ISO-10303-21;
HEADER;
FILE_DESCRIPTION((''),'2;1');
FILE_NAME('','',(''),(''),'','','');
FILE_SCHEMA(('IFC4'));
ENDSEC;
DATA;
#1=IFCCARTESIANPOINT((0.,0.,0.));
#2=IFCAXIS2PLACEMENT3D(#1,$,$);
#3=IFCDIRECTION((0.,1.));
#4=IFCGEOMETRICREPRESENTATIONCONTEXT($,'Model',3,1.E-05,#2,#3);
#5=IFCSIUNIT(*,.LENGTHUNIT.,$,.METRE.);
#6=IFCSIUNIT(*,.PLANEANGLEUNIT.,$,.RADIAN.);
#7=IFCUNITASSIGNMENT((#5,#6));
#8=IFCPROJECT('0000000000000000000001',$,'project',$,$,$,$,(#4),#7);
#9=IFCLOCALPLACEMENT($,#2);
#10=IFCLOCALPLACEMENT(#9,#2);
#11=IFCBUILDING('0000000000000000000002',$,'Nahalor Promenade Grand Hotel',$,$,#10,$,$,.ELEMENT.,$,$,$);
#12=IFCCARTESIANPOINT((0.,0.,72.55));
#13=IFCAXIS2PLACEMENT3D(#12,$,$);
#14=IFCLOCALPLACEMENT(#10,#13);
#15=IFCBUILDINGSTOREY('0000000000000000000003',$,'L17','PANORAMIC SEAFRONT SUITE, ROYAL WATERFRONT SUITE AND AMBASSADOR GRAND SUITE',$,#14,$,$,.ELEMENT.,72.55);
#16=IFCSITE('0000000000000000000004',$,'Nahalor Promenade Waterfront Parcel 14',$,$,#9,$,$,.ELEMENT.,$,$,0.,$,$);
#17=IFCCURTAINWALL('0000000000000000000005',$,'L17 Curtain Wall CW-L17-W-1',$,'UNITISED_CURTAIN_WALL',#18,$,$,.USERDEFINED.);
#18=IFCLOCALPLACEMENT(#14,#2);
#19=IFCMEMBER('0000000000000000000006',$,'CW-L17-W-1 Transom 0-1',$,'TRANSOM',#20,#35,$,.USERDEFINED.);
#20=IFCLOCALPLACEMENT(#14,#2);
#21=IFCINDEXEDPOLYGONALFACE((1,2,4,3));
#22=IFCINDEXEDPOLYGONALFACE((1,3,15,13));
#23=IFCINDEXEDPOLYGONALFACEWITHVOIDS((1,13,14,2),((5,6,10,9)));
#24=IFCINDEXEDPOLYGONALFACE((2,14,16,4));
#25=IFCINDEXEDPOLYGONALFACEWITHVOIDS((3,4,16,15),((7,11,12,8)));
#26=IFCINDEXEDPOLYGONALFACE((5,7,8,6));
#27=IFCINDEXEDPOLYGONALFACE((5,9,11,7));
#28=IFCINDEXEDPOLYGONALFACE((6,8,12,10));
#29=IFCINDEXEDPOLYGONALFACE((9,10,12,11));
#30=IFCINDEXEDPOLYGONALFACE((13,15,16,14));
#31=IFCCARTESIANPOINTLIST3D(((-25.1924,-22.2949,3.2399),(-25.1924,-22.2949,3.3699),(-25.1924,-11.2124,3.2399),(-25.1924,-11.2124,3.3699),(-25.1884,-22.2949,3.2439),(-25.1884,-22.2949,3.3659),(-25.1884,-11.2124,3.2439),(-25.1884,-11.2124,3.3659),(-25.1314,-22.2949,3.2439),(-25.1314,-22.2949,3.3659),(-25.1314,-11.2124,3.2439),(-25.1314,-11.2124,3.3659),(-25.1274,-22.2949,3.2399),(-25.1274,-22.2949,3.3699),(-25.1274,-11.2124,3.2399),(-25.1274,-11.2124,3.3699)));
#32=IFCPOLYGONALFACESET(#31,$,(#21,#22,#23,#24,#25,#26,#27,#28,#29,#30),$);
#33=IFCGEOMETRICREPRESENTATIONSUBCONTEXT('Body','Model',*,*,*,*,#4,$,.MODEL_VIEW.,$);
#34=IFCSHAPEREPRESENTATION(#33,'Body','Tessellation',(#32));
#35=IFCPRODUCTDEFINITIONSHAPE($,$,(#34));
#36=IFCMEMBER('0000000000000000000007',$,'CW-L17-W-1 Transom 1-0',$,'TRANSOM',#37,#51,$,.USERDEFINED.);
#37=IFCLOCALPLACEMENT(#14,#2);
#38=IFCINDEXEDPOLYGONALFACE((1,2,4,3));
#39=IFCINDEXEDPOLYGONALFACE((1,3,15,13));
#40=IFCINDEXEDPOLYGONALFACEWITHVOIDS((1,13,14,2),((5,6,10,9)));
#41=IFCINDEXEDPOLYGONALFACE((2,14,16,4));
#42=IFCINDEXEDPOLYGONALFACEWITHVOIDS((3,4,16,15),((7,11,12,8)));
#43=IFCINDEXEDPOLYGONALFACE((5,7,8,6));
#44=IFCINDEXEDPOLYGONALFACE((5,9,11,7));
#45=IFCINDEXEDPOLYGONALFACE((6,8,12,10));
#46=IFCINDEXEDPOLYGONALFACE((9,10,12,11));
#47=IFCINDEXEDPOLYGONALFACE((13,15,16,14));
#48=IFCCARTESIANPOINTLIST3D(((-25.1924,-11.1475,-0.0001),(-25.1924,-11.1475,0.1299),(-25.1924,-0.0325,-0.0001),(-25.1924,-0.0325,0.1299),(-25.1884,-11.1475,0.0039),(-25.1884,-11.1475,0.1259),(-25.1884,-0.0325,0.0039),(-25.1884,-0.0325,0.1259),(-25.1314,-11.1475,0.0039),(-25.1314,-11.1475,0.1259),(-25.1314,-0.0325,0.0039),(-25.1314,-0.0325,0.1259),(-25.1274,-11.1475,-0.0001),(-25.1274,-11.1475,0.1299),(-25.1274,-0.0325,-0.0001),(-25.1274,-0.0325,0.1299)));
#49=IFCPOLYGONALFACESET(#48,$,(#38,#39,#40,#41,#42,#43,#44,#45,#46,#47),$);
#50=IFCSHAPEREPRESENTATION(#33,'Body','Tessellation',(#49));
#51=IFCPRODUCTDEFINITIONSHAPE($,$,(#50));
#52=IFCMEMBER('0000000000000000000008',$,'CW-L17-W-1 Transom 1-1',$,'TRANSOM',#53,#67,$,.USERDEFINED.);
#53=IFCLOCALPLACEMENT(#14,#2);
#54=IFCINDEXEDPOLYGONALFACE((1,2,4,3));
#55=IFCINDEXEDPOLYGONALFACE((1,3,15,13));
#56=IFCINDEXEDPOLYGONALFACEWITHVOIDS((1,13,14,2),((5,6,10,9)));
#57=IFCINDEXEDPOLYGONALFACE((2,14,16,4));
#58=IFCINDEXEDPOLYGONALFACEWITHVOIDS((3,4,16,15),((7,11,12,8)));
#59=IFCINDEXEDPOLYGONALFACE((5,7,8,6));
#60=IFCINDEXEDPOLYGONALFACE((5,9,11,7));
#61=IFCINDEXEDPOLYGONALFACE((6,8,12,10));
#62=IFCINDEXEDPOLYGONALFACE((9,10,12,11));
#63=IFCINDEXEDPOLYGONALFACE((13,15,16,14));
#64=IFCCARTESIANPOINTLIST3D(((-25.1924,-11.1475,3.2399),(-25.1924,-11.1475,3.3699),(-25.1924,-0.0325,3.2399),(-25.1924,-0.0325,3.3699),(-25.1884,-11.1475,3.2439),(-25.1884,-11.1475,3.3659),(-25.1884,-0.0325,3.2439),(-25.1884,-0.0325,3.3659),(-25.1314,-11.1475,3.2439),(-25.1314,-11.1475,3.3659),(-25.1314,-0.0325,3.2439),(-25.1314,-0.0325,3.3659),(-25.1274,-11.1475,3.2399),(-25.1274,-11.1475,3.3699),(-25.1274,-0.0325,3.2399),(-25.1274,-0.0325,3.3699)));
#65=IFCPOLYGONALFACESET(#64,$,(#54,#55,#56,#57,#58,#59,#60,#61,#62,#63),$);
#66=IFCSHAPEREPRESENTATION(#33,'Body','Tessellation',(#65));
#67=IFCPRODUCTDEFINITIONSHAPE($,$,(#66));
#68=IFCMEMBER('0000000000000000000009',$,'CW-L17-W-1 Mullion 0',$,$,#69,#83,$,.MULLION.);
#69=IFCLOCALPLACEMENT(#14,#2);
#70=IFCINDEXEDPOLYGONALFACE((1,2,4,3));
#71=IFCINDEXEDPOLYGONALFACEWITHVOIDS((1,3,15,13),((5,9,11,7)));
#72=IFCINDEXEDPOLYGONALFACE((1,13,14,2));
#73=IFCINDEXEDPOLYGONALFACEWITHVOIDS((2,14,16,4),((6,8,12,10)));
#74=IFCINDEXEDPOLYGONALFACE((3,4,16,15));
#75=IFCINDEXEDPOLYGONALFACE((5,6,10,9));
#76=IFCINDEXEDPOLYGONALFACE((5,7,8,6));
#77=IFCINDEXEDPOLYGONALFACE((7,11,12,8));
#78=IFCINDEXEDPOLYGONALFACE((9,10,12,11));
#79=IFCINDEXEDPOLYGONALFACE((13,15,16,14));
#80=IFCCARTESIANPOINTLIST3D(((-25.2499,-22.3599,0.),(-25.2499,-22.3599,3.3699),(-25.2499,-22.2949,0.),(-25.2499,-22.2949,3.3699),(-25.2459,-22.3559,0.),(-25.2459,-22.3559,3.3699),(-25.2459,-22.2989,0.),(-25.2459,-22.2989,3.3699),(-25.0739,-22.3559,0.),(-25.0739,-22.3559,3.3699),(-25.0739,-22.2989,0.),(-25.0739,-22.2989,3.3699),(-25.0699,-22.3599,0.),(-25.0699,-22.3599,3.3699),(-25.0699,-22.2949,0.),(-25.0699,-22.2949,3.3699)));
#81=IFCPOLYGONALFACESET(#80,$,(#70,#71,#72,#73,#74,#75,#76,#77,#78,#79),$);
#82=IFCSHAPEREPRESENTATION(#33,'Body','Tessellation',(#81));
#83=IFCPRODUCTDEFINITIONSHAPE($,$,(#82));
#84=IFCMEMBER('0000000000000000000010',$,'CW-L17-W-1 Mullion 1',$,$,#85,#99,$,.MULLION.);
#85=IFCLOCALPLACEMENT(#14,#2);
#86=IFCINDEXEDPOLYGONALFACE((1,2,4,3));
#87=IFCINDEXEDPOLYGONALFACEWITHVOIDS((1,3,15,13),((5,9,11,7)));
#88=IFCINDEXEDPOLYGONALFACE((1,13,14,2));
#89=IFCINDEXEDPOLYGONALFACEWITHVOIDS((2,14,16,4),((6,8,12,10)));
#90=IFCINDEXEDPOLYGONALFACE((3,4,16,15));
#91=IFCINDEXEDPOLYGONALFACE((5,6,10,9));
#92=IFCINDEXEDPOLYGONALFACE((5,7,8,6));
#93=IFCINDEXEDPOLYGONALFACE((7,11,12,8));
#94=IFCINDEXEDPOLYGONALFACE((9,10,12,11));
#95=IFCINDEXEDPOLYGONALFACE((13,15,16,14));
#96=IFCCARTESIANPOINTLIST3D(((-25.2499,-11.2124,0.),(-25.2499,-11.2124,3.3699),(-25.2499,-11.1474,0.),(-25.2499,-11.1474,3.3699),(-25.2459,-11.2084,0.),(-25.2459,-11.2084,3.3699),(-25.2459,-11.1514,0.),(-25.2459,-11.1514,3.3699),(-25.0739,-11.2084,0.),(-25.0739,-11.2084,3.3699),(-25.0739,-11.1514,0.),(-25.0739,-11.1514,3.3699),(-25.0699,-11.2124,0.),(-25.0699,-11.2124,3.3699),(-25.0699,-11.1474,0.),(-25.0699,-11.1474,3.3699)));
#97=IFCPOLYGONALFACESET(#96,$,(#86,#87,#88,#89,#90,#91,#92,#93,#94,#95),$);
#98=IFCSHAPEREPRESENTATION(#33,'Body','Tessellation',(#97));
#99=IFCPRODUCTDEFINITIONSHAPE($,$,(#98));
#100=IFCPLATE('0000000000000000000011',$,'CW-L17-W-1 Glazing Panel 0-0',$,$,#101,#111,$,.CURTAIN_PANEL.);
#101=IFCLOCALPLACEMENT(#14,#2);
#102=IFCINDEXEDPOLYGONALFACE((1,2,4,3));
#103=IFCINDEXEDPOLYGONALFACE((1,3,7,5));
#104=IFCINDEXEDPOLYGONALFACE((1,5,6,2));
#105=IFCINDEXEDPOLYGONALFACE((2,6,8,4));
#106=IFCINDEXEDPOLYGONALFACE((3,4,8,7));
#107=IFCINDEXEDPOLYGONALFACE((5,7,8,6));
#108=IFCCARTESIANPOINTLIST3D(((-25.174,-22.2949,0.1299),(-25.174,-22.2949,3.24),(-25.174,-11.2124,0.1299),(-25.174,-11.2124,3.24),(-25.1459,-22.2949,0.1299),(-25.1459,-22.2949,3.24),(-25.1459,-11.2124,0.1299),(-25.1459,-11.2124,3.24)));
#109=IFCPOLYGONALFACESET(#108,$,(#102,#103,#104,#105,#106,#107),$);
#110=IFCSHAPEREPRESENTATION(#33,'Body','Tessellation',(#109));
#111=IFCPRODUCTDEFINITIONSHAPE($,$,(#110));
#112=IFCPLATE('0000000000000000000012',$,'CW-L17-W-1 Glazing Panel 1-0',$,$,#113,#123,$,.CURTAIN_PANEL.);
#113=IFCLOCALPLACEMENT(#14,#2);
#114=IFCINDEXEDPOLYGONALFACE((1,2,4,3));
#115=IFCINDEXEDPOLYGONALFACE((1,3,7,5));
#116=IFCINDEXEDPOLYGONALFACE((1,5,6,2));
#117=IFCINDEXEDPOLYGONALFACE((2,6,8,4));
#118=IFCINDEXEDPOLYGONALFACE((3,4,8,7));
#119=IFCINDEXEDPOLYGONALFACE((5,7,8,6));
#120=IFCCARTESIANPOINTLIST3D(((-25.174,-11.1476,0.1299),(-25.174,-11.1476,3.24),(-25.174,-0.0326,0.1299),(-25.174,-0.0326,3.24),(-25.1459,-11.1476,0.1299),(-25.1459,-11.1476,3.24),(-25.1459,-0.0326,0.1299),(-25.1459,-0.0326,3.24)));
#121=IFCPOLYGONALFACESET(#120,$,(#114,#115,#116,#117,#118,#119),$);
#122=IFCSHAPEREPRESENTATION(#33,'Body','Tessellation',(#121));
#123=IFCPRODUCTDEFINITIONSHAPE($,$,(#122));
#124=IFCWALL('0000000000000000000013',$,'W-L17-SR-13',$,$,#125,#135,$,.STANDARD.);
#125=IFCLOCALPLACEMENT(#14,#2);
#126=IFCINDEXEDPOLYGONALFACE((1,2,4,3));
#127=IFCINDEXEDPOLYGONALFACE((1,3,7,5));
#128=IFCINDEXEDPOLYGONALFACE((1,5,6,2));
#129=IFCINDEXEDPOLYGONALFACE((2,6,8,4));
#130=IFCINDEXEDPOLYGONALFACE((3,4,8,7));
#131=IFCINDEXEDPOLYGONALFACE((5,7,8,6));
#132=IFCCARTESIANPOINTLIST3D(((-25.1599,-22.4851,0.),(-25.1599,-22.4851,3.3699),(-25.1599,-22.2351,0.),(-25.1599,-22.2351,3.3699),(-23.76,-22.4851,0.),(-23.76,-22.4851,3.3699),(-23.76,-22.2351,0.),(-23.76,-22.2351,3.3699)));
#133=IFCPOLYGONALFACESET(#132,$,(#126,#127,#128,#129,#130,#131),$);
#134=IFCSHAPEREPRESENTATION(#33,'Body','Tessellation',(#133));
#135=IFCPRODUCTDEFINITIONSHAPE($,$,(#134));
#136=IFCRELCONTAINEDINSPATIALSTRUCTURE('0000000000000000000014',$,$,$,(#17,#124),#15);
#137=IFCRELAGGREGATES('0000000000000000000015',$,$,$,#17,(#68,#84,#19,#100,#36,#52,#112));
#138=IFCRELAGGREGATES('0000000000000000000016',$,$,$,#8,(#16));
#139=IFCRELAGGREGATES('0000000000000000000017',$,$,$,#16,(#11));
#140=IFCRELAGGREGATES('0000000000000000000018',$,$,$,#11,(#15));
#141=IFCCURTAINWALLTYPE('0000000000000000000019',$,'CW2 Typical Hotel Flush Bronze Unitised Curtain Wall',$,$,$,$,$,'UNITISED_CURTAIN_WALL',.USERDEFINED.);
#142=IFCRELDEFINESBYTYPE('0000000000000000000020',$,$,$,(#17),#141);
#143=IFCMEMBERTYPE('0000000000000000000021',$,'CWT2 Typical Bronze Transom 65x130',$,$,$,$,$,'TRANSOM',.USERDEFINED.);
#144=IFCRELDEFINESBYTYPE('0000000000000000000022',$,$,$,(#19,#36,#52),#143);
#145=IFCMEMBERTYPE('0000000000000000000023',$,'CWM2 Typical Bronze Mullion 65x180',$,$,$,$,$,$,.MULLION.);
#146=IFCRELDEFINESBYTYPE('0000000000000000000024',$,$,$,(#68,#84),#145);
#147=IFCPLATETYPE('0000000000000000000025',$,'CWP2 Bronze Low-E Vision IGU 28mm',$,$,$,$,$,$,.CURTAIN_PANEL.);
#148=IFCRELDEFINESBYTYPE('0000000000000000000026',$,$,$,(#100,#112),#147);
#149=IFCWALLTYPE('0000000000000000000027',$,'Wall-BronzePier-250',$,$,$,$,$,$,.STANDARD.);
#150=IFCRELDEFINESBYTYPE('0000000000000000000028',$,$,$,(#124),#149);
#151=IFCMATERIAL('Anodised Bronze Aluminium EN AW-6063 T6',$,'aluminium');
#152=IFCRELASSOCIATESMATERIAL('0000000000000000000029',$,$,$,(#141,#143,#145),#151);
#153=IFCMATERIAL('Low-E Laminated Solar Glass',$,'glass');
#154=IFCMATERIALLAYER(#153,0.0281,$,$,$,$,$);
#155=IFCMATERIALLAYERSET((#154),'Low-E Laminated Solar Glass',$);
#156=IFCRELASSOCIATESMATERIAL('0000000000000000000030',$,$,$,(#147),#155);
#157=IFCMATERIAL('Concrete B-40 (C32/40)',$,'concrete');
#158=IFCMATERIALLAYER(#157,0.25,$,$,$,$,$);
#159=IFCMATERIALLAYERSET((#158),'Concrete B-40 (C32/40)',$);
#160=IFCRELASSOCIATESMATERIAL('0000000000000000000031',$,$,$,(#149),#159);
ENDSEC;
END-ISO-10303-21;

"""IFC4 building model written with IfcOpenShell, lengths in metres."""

from ifc_helpers import new_model, si_unit, direction, frame, frame_2d, origin, origin_2d, place, context, subcontext, project, spatial, rectangle, hollow_rectangle, extrude, source, transform, mapped, material, layer, layer_set, material_profile, profile_set, type_object, element, aggregate, save


model = new_model("IFC4")

# Units and contexts
model_context = context("Model", 3, precision=1e-05, world=origin(), true_north=direction((0.0, 1.0)))
body_context = subcontext(model_context, "Body", "Model", "MODEL_VIEW")
ifc_project = project(units=[si_unit("LENGTHUNIT", "METRE"), si_unit("PLANEANGLEUNIT", "RADIAN")], contexts=[model_context])

# Site, building, storey
site_placement = place(None, origin())
site = spatial("IfcSite", under=ifc_project, at=site_placement, Name="Nahalor Promenade Waterfront Parcel 14", CompositionType="ELEMENT", RefElevation=0.0)
building_placement = place(site_placement, origin())
building = spatial("IfcBuilding", under=site, at=building_placement, Name="Nahalor Promenade Grand Hotel", CompositionType="ELEMENT")
storey_placement = place(building_placement, frame((0.0, 0.0, 72.55)))
storey = spatial("IfcBuildingStorey", under=building, at=storey_placement, Name="L17", Description="PANORAMIC SEAFRONT SUITE, ROYAL WATERFRONT SUITE AND AMBASSADOR GRAND SUITE", CompositionType="ELEMENT", Elevation=72.55)

# Curtain wall, members, plates
ifc_material_1 = material(Name="Anodised Bronze Aluminium EN AW-6063 T6", Category="aluminium")
curtain_wall_type = type_object("IfcCurtainWallType", Name="CW2 Typical Hotel Flush Bronze Unitised Curtain Wall", ElementType="UNITISED_CURTAIN_WALL", PredefinedType="USERDEFINED", material=ifc_material_1)
curtain_wall_placement = place(storey_placement, origin())
curtain_wall = element("IfcCurtainWall", 1, at=curtain_wall_placement, inside=storey, type_object=curtain_wall_type, Name="L17 Curtain Wall CW-L17-W-1", ObjectType="UNITISED_CURTAIN_WALL", PredefinedType="USERDEFINED")
ifc_material_profile_1 = material_profile(ifc_material_1, hollow_rectangle(XDim=0.065, YDim=0.13, WallThickness=0.004, at=origin_2d()), Name="CWT 65x130x4")
ifc_profile_set_1 = profile_set([ifc_material_profile_1], Name="Anodised Bronze Aluminium EN AW-6063 T6")
member_type_1 = type_object("IfcMemberType", Name="CWT2 Typical Bronze Transom 65x130", ElementType="TRANSOM", PredefinedType="USERDEFINED", material=ifc_profile_set_1)
shared_shape_1 = source(origin(), body_context, "Body", "SweptSolid", [
    extrude(hollow_rectangle(XDim=0.065, YDim=0.13, WallThickness=0.004, at=origin_2d()), origin(), (0.0, 0.0, 1.0), 11.0825),
])
member_1_placement = place(storey_placement, frame((-25.1599, -22.2949, 3.3049), z_axis=(0.0, 1.0, 0.0), x_axis=(-1.0, 0.0, 0.0)))
member_1 = element("IfcMember", 2, at=member_1_placement, type_object=member_type_1, Name="CW-L17-W-1 Transom 0-1", ObjectType="TRANSOM", PredefinedType="USERDEFINED", context=body_context, shape_type="MappedRepresentation", body=[
    mapped(shared_shape_1, transform((0.0, 0.0, 0.0), scale=1.0)),
])
shared_shape_2 = source(origin(), body_context, "Body", "SweptSolid", [
    extrude(hollow_rectangle(XDim=0.065, YDim=0.13, WallThickness=0.004, at=origin_2d()), origin(), (0.0, 0.0, 1.0), 11.115),
])
member_2_placement = place(storey_placement, frame((-25.1599, -11.1475, 0.0649), z_axis=(0.0, 1.0, 0.0), x_axis=(-1.0, 0.0, 0.0)))
member_2 = element("IfcMember", 3, at=member_2_placement, type_object=member_type_1, Name="CW-L17-W-1 Transom 1-0", ObjectType="TRANSOM", PredefinedType="USERDEFINED", context=body_context, shape_type="MappedRepresentation", body=[
    mapped(shared_shape_2, transform((0.0, 0.0, 0.0), scale=1.0)),
])
member_3_placement = place(storey_placement, frame((-25.1599, -11.1475, 3.3049), z_axis=(0.0, 1.0, 0.0), x_axis=(-1.0, 0.0, 0.0)))
member_3 = element("IfcMember", 4, at=member_3_placement, type_object=member_type_1, Name="CW-L17-W-1 Transom 1-1", ObjectType="TRANSOM", PredefinedType="USERDEFINED", context=body_context, shape_type="MappedRepresentation", body=[
    mapped(shared_shape_2, transform((0.0, 0.0, 0.0), scale=1.0)),
])
ifc_material_profile_2 = material_profile(ifc_material_1, hollow_rectangle(XDim=0.065, YDim=0.18, WallThickness=0.004, at=origin_2d()), Name="CWM 65x180x4")
ifc_profile_set_2 = profile_set([ifc_material_profile_2], Name="Anodised Bronze Aluminium EN AW-6063 T6")
member_type_2 = type_object("IfcMemberType", Name="CWM2 Typical Bronze Mullion 65x180", PredefinedType="MULLION", material=ifc_profile_set_2)
shared_shape_3 = source(origin(), body_context, "Body", "SweptSolid", [
    extrude(hollow_rectangle(XDim=0.065, YDim=0.18, WallThickness=0.004, at=origin_2d()), origin(), (0.0, 0.0, 1.0), 3.3699),
])
member_4_placement = place(storey_placement, frame((-25.1599, -22.3274, 0.0), z_axis=(0.0, 0.0, 1.0), x_axis=(0.0, 1.0, 0.0)))
member_4 = element("IfcMember", 5, at=member_4_placement, type_object=member_type_2, Name="CW-L17-W-1 Mullion 0", PredefinedType="MULLION", context=body_context, shape_type="MappedRepresentation", body=[
    mapped(shared_shape_3, transform((0.0, 0.0, 0.0), scale=1.0)),
])
member_5_placement = place(storey_placement, frame((-25.1599, -11.1799, 0.0), z_axis=(0.0, 0.0, 1.0), x_axis=(0.0, 1.0, 0.0)))
member_5 = element("IfcMember", 6, at=member_5_placement, type_object=member_type_2, Name="CW-L17-W-1 Mullion 1", PredefinedType="MULLION", context=body_context, shape_type="MappedRepresentation", body=[
    mapped(shared_shape_3, transform((0.0, 0.0, 0.0), scale=1.0)),
])
ifc_material_2 = material(Name="Low-E Laminated Solar Glass", Category="glass")
ifc_layer_1 = layer(ifc_material_2, 0.0281)
ifc_layer_set_1 = layer_set([ifc_layer_1], Name="Low-E Laminated Solar Glass")
plate_type = type_object("IfcPlateType", Name="CWP2 Bronze Low-E Vision IGU 28mm", PredefinedType="CURTAIN_PANEL", material=ifc_layer_set_1)
shared_shape_4 = source(origin(), body_context, "Body", "SweptSolid", [
    extrude(rectangle(XDim=11.0825, YDim=0.0281, at=origin_2d()), origin(), (0.0, 0.0, 1.0), 3.1101),
])
plate_1_placement = place(storey_placement, frame((-25.1599, -16.7537, 0.1299), z_axis=(0.0, 0.0, 1.0), x_axis=(0.0, 1.0, 0.0)))
plate_1 = element("IfcPlate", 7, at=plate_1_placement, type_object=plate_type, Name="CW-L17-W-1 Glazing Panel 0-0", PredefinedType="CURTAIN_PANEL", context=body_context, shape_type="MappedRepresentation", body=[
    mapped(shared_shape_4, transform((0.0, 0.0, 0.0), scale=1.0)),
])
shared_shape_5 = source(origin(), body_context, "Body", "SweptSolid", [
    extrude(rectangle(XDim=11.115, YDim=0.0281, at=origin_2d()), origin(), (0.0, 0.0, 1.0), 3.1101),
])
plate_2_placement = place(storey_placement, frame((-25.1599, -5.5901, 0.1299), z_axis=(0.0, 0.0, 1.0), x_axis=(0.0, 1.0, 0.0)))
plate_2 = element("IfcPlate", 8, at=plate_2_placement, type_object=plate_type, Name="CW-L17-W-1 Glazing Panel 1-0", PredefinedType="CURTAIN_PANEL", context=body_context, shape_type="MappedRepresentation", body=[
    mapped(shared_shape_5, transform((0.0, 0.0, 0.0), scale=1.0)),
])
aggregate(curtain_wall, [member_4, member_5, member_1, plate_1, member_2, member_3, plate_2])

# Wall
ifc_material_3 = material(Name="Concrete B-40 (C32/40)", Category="concrete")
ifc_layer_2 = layer(ifc_material_3, 0.25)
ifc_layer_set_2 = layer_set([ifc_layer_2], Name="Concrete B-40 (C32/40)")
wall_type_1 = type_object("IfcWallType", Name="Wall-BronzePier-250", PredefinedType="STANDARD", material=ifc_layer_set_2)
shared_shape_6 = source(origin(), body_context, "Body", "SweptSolid", [
    extrude(rectangle(XDim=1.3999, YDim=0.25, at=frame_2d((0.7, 0.0))), origin(), (0.0, 0.0, 1.0), 3.3699),
])
wall_1_placement = place(storey_placement, frame((-25.1599, -22.3601, 0.0), z_axis=(0.0, 0.0, 1.0), x_axis=(1.0, 0.0, 0.0)))
element("IfcWall", 9, at=wall_1_placement, inside=storey, type_object=wall_type_1, Name="W-L17-SR-13", PredefinedType="STANDARD", context=body_context, shape_type="MappedRepresentation", body=[
    mapped(shared_shape_6, transform((0.0, 0.0, 0.0), scale=1.0)),
])

save(model, "model.ifc")
